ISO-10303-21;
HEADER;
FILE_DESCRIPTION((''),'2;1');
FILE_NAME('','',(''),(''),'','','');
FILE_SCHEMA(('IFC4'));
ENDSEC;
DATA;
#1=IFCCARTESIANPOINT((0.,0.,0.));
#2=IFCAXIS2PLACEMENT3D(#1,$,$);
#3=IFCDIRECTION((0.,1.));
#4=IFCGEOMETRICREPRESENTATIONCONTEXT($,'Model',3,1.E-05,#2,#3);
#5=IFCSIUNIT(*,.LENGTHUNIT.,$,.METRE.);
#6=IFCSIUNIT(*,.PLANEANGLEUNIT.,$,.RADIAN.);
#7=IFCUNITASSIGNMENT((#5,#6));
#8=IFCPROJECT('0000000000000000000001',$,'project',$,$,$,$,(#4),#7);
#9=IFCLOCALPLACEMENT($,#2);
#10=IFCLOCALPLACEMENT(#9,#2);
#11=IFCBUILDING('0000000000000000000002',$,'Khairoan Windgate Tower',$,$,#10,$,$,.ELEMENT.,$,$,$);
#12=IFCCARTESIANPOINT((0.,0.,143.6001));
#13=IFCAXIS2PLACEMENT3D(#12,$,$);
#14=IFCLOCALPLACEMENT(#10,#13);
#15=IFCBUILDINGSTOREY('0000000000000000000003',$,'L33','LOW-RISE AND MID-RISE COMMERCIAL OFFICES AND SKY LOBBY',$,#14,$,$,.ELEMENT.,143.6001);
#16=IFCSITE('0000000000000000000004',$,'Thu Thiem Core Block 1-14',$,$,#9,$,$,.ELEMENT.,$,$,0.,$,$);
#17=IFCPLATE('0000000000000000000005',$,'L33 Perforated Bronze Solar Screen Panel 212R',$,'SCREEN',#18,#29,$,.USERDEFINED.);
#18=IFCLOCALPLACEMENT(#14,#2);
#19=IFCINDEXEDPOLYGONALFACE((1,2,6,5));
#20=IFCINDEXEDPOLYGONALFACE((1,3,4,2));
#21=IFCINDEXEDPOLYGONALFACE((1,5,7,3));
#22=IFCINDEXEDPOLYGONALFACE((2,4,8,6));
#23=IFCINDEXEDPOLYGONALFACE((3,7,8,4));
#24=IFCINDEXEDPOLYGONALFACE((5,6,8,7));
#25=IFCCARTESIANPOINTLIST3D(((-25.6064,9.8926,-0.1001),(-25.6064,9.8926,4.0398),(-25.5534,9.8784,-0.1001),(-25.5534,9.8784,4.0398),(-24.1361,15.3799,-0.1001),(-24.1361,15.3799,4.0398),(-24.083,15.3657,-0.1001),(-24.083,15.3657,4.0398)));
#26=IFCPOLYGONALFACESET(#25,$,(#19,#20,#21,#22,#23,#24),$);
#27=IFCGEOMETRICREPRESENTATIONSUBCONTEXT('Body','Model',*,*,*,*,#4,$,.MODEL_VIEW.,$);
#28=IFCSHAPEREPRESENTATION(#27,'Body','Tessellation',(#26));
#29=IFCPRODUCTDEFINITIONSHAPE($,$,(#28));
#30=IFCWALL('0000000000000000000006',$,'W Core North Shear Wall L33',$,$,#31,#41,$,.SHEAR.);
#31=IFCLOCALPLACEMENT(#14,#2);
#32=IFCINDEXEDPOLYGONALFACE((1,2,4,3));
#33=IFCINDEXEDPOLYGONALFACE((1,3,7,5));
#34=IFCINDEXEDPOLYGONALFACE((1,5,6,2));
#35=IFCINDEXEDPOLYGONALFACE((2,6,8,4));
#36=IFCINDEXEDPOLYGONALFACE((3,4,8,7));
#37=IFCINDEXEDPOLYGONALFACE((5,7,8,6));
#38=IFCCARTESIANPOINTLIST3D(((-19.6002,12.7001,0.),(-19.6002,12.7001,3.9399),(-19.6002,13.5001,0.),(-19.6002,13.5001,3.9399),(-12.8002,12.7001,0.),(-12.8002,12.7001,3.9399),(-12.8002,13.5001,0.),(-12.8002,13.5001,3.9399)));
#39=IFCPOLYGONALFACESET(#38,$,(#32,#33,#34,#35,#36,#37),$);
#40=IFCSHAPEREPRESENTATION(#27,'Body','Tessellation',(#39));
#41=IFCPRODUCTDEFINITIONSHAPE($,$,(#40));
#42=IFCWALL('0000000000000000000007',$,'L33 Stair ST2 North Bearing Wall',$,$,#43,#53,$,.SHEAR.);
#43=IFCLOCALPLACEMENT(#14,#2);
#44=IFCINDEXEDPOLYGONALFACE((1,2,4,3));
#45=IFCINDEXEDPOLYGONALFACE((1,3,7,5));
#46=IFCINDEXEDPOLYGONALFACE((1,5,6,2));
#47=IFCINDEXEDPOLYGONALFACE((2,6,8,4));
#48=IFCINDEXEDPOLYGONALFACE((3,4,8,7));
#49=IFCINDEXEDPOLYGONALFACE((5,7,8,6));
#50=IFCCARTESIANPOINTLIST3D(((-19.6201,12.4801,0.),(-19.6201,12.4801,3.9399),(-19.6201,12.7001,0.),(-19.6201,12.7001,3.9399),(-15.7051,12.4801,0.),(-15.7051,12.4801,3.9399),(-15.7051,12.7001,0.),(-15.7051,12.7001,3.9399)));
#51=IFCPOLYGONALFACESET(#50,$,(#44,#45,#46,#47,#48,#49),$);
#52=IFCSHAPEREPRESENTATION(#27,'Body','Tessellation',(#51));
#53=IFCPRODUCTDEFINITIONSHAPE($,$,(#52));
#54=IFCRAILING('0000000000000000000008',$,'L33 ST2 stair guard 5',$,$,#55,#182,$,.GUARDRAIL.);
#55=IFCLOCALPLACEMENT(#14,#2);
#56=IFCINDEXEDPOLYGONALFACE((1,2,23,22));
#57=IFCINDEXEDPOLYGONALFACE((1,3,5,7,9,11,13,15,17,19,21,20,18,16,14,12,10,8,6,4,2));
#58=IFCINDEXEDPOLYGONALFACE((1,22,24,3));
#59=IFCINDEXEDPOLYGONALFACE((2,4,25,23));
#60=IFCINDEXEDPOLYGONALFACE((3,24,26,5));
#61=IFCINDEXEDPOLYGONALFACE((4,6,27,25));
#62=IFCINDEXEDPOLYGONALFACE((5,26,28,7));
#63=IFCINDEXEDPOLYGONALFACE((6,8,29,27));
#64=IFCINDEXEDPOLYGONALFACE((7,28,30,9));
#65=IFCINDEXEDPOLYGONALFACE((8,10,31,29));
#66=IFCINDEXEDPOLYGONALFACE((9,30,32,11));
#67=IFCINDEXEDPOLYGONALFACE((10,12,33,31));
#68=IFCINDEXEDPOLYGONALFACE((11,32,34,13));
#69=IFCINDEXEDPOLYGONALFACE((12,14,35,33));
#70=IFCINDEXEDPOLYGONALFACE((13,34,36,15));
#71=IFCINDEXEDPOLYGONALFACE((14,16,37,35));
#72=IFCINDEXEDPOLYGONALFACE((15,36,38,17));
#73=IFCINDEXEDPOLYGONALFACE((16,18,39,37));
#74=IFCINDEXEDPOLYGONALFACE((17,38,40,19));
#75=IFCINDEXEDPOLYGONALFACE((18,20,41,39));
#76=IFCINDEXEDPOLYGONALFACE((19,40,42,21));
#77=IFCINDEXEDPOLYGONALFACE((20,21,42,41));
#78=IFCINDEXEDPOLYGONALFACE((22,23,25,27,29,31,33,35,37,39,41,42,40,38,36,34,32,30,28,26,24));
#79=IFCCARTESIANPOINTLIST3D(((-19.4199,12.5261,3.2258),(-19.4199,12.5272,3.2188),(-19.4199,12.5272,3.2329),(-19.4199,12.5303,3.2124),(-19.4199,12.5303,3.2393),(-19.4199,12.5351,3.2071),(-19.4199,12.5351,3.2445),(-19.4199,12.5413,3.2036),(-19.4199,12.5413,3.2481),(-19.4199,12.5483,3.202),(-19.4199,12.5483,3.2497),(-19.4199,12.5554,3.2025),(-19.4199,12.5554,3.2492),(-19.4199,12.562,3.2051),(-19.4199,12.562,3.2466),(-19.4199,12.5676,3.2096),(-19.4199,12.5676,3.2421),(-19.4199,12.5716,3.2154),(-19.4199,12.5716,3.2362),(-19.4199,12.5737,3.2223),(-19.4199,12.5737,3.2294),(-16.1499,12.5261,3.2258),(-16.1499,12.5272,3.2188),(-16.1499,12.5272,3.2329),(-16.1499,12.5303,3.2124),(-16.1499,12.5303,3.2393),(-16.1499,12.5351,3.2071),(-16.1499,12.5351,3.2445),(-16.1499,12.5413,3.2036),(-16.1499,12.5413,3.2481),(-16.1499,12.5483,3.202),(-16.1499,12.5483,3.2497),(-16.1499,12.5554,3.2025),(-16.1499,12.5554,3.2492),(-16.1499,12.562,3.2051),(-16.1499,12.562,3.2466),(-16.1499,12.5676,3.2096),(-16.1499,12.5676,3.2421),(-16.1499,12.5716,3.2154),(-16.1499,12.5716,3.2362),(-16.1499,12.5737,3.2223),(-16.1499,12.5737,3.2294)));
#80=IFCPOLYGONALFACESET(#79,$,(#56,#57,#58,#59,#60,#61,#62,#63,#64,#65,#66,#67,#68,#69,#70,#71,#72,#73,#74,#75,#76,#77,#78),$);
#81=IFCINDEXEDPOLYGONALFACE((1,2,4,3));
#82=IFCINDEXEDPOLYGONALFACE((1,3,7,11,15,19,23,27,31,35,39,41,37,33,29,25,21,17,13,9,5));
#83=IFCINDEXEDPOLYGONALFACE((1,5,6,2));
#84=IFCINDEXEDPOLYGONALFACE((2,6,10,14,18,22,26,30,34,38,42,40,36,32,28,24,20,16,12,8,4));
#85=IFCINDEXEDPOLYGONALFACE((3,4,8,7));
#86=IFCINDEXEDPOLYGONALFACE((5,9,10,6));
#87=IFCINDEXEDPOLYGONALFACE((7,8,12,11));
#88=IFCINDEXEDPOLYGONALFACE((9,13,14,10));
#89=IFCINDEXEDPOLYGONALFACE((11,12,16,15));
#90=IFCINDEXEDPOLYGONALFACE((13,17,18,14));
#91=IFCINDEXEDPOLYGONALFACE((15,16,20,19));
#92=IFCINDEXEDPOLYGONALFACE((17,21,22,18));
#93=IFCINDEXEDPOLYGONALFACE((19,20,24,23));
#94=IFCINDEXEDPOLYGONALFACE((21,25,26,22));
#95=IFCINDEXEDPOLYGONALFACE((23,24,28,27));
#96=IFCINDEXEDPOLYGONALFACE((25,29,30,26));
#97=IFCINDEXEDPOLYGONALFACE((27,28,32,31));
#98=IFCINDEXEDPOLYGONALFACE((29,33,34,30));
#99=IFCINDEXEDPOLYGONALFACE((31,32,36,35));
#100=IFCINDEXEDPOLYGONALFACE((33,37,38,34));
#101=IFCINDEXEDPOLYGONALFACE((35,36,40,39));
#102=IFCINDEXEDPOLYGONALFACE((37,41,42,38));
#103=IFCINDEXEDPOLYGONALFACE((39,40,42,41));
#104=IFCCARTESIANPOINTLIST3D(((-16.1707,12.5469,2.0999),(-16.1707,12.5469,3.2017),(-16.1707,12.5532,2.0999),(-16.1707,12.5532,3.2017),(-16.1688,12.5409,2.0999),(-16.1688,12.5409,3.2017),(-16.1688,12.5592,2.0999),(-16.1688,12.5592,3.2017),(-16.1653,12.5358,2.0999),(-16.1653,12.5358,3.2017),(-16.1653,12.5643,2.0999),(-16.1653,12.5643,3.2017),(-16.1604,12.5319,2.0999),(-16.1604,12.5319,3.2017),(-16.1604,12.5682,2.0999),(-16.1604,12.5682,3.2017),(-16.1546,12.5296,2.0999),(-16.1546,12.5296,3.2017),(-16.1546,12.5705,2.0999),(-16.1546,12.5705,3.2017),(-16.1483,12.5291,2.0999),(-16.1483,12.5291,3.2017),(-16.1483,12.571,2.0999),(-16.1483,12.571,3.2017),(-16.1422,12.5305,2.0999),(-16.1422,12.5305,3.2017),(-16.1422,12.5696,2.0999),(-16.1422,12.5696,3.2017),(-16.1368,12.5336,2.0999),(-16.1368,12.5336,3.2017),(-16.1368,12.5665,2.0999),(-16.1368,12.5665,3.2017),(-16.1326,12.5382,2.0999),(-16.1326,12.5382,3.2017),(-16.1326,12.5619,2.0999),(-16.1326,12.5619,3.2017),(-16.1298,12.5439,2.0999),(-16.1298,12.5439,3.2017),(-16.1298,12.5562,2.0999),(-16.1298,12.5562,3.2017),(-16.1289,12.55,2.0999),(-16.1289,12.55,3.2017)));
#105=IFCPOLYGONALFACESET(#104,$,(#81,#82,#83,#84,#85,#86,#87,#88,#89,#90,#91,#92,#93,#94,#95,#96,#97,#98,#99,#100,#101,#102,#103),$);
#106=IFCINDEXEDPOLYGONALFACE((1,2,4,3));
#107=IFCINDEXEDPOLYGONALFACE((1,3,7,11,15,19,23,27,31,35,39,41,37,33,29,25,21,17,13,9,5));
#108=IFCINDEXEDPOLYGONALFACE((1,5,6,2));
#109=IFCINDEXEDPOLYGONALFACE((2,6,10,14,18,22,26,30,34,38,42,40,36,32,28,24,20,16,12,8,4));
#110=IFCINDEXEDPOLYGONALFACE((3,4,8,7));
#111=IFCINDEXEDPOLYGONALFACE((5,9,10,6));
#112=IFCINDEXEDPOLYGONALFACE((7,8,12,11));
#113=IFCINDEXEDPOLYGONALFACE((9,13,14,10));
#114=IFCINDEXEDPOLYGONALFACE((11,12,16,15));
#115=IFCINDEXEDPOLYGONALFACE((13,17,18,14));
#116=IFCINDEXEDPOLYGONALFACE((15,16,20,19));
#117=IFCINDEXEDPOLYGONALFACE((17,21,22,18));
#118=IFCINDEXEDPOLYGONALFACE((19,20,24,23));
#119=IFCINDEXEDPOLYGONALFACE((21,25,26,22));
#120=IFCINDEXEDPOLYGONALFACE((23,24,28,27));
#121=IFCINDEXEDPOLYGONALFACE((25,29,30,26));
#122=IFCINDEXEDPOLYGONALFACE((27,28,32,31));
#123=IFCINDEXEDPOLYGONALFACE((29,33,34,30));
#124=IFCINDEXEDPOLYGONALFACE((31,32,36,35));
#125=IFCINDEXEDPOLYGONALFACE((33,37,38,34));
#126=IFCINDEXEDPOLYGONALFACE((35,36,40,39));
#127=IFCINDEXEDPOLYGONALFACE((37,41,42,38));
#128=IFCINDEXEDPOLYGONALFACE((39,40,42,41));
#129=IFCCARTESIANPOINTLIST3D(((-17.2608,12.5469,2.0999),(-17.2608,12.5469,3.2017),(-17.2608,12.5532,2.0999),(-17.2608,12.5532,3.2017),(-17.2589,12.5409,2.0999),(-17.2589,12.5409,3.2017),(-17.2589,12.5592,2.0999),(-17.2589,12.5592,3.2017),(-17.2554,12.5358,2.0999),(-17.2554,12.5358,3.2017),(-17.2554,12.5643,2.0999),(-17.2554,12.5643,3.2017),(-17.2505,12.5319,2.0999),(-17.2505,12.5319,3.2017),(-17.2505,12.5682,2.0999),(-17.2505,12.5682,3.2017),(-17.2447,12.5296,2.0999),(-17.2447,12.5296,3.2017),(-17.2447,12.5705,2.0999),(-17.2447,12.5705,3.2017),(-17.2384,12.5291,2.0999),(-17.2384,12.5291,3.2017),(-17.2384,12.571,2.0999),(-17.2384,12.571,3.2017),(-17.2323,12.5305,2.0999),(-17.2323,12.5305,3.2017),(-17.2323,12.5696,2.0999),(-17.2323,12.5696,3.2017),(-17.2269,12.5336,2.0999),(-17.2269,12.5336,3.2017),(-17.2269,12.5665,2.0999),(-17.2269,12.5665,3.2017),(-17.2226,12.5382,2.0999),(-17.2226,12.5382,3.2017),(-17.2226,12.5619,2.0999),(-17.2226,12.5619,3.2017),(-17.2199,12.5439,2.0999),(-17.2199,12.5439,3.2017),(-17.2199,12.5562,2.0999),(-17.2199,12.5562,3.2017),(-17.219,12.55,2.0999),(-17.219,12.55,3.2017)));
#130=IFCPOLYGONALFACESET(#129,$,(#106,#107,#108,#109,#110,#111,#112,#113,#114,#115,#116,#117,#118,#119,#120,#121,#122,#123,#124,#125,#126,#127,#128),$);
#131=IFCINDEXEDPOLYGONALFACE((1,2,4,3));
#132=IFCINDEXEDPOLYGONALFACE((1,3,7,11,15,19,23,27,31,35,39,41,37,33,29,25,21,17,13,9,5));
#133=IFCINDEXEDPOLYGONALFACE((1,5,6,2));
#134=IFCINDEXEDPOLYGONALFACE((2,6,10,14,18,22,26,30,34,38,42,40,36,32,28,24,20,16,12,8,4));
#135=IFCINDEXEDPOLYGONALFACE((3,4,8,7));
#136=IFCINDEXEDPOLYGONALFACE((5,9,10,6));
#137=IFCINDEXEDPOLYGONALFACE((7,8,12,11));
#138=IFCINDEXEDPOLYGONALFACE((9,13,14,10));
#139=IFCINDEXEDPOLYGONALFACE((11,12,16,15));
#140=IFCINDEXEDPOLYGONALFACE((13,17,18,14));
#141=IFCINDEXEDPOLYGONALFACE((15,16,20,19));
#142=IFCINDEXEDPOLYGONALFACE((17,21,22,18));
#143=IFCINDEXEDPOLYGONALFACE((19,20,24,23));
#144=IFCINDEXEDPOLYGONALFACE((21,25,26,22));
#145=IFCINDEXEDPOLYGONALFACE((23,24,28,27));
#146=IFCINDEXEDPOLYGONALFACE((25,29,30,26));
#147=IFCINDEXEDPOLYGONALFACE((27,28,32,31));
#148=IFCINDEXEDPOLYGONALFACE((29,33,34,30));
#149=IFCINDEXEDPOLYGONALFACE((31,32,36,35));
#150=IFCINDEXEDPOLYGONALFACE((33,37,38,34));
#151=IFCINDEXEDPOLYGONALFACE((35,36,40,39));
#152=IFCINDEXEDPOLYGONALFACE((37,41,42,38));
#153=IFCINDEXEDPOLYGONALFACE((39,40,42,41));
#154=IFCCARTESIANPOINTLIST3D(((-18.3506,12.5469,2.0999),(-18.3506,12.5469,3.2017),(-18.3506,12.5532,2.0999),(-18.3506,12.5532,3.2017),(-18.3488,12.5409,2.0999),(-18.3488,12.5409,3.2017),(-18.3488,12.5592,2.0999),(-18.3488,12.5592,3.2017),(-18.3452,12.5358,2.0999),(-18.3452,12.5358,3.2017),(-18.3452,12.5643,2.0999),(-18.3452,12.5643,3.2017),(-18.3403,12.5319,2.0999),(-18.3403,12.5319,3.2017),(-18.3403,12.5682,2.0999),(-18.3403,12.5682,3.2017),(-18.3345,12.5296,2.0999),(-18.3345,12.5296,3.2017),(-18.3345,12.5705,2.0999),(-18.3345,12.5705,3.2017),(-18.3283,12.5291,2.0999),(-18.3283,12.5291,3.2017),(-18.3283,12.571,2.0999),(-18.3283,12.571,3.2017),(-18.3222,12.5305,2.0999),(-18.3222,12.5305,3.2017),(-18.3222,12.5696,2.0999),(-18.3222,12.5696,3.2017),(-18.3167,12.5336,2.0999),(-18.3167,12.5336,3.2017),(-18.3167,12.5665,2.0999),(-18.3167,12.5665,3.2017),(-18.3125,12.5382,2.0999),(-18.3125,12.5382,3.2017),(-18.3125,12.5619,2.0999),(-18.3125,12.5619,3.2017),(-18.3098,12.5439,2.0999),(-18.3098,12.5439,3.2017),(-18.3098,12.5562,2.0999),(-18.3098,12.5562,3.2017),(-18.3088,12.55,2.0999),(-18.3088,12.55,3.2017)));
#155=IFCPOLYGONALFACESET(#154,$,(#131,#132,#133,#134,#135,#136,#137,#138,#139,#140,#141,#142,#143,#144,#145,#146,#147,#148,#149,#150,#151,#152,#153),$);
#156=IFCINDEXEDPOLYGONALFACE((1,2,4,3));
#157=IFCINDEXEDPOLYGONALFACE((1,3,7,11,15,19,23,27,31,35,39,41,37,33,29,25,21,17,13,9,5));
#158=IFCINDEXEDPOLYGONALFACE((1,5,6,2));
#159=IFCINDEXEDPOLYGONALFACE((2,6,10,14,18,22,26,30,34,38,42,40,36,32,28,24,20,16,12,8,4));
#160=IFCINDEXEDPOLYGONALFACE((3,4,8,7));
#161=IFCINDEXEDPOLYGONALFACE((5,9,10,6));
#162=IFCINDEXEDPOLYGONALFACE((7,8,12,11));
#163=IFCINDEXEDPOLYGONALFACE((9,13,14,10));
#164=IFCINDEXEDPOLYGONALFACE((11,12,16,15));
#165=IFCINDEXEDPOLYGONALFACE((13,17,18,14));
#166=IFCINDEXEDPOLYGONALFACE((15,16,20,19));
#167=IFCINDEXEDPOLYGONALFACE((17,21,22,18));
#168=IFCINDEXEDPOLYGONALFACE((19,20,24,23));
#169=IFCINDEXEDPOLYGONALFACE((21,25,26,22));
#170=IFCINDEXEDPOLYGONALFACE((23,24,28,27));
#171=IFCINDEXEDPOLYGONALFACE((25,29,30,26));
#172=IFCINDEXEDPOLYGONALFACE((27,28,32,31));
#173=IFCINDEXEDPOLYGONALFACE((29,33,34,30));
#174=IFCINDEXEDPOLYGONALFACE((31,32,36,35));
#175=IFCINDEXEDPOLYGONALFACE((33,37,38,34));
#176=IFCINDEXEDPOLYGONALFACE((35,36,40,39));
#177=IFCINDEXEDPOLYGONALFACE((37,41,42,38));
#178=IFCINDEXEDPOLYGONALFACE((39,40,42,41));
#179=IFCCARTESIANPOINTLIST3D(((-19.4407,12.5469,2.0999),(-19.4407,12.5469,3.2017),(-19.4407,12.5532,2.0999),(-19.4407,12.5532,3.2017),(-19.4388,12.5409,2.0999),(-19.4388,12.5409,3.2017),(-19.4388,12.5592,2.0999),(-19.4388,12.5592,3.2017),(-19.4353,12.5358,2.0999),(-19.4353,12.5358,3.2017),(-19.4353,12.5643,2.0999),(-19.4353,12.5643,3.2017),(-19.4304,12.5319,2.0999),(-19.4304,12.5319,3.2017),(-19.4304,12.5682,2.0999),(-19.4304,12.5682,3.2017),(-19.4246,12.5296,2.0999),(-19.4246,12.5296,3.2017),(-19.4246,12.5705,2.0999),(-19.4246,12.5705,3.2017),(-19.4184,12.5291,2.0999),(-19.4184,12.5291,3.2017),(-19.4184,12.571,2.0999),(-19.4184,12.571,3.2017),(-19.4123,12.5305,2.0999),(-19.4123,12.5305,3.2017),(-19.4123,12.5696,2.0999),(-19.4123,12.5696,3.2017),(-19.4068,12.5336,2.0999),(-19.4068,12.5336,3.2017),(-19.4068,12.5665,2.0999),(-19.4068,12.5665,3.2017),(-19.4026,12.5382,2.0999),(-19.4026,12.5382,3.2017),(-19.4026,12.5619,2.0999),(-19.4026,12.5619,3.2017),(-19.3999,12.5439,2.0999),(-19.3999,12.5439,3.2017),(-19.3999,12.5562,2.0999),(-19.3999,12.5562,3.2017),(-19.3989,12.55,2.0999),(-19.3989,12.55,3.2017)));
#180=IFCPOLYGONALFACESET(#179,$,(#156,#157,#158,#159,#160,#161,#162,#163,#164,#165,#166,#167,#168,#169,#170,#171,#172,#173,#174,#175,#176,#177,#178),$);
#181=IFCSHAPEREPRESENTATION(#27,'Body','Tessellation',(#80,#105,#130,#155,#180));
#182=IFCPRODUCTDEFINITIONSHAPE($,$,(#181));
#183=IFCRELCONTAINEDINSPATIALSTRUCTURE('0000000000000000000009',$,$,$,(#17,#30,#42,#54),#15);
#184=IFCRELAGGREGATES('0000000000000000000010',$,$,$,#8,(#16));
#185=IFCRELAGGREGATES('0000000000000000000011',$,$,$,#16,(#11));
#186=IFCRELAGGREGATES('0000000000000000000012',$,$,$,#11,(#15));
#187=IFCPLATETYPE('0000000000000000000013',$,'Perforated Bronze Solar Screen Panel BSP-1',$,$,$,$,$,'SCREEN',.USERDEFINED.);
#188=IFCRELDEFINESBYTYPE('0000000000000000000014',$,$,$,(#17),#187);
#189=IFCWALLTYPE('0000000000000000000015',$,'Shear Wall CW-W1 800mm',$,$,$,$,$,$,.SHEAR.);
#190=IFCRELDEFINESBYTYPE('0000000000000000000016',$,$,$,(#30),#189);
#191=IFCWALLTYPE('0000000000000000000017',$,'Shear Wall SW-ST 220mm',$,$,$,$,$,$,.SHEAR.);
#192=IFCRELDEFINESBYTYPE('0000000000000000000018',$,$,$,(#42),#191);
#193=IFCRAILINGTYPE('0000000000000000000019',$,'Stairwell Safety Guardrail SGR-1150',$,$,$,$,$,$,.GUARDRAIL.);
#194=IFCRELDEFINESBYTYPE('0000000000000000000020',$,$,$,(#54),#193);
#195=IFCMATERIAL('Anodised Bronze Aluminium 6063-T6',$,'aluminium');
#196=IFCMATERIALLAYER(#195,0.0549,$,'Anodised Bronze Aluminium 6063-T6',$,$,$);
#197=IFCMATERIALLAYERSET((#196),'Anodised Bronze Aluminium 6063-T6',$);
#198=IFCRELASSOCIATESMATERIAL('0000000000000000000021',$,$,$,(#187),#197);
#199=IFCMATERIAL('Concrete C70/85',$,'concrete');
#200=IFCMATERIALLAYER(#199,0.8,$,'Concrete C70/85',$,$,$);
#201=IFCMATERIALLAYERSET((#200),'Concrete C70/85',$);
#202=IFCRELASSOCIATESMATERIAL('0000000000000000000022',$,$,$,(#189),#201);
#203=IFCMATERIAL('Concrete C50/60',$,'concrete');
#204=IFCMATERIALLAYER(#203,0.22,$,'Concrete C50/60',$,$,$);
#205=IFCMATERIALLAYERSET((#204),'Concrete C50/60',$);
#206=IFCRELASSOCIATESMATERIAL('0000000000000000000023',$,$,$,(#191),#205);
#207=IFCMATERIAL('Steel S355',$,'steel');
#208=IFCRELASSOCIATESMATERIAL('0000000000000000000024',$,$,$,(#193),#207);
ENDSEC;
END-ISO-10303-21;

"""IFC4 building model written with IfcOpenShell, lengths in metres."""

from ifc_helpers import new_model, si_unit, direction, frame, frame_2d, origin, origin_2d, place, context, subcontext, project, spatial, rectangle, circle, extrude, material, layer, layer_set, type_object, element, save


model = new_model("IFC4")

# Units and contexts
model_context = context("Model", 3, precision=1e-05, world=origin(), true_north=direction((0.0, 1.0)))
body_context = subcontext(model_context, "Body", "Model", "MODEL_VIEW")
ifc_project = project(units=[si_unit("LENGTHUNIT", "METRE"), si_unit("PLANEANGLEUNIT", "RADIAN")], contexts=[model_context])

# Site, building, storey
site_placement = place(None, origin())
site = spatial("IfcSite", under=ifc_project, at=site_placement, Name="Thu Thiem Core Block 1-14", CompositionType="ELEMENT", RefElevation=0.0)
building_placement = place(site_placement, origin())
building = spatial("IfcBuilding", under=site, at=building_placement, Name="Khairoan Windgate Tower", CompositionType="ELEMENT")
storey_placement = place(building_placement, frame((0.0, 0.0, 143.6001)))
storey = spatial("IfcBuildingStorey", under=building, at=storey_placement, Name="L33", Description="LOW-RISE AND MID-RISE COMMERCIAL OFFICES AND SKY LOBBY", CompositionType="ELEMENT", Elevation=143.6001)

# Plate
ifc_material_1 = material(Name="Anodised Bronze Aluminium 6063-T6", Category="aluminium")
ifc_layer_1 = layer(ifc_material_1, 0.0549, Name="Anodised Bronze Aluminium 6063-T6")
ifc_layer_set_1 = layer_set([ifc_layer_1], Name="Anodised Bronze Aluminium 6063-T6")
plate_type = type_object("IfcPlateType", Name="Perforated Bronze Solar Screen Panel BSP-1", ElementType="SCREEN", PredefinedType="USERDEFINED", material=ifc_layer_set_1)
plate_placement = place(storey_placement, frame((-24.8447, 12.6292, -0.1001), z_axis=(0.0, 0.0, 1.0), x_axis=(0.258819, 0.965926, 0.0)))
element("IfcPlate", 1, at=plate_placement, inside=storey, type_object=plate_type, Name="L33 Perforated Bronze Solar Screen Panel 212R", ObjectType="SCREEN", PredefinedType="USERDEFINED", context=body_context, shape_type="SweptSolid", body=[
    extrude(rectangle(XDim=5.6809, YDim=0.0549, at=origin_2d()), origin(), (0.0, 0.0, 1.0), 4.1399),
])

# Walls
ifc_material_2 = material(Name="Concrete C70/85", Category="concrete")
ifc_layer_2 = layer(ifc_material_2, 0.8, Name="Concrete C70/85")
ifc_layer_set_2 = layer_set([ifc_layer_2], Name="Concrete C70/85")
wall_type_1 = type_object("IfcWallType", Name="Shear Wall CW-W1 800mm", PredefinedType="SHEAR", material=ifc_layer_set_2)
wall_1_placement = place(storey_placement, frame((-19.6001, 13.1001, 0.0), z_axis=(0.0, 0.0, 1.0), x_axis=(1.0, 0.0, 0.0)))
element("IfcWall", 2, at=wall_1_placement, inside=storey, type_object=wall_type_1, Name="W Core North Shear Wall L33", PredefinedType="SHEAR", context=body_context, shape_type="SweptSolid", body=[
    extrude(rectangle(XDim=6.8, YDim=0.8, at=frame_2d((3.3999, 0.0))), origin(), (0.0, 0.0, 1.0), 3.9399),
])
ifc_material_3 = material(Name="Concrete C50/60", Category="concrete")
ifc_layer_3 = layer(ifc_material_3, 0.22, Name="Concrete C50/60")
ifc_layer_set_3 = layer_set([ifc_layer_3], Name="Concrete C50/60")
wall_type_2 = type_object("IfcWallType", Name="Shear Wall SW-ST 220mm", PredefinedType="SHEAR", material=ifc_layer_set_3)
wall_2_placement = place(storey_placement, frame((-19.6201, 12.5901, 0.0), z_axis=(0.0, 0.0, 1.0), x_axis=(1.0, 0.0, 0.0)))
element("IfcWall", 3, at=wall_2_placement, inside=storey, type_object=wall_type_2, Name="L33 Stair ST2 North Bearing Wall", PredefinedType="SHEAR", context=body_context, shape_type="SweptSolid", body=[
    extrude(rectangle(XDim=3.915, YDim=0.22, at=frame_2d((1.9575, 0.0))), origin(), (0.0, 0.0, 1.0), 3.9399),
])

# Railing
ifc_material_4 = material(Name="Steel S355", Category="steel")
railing_type = type_object("IfcRailingType", Name="Stairwell Safety Guardrail SGR-1150", PredefinedType="GUARDRAIL", material=ifc_material_4)
railing_1_placement = place(storey_placement, frame((-16.1499, 12.55, 2.0999)))
element("IfcRailing", 4, at=railing_1_placement, inside=storey, type_object=railing_type, Name="L33 ST2 stair guard 5", PredefinedType="GUARDRAIL", context=body_context, shape_type="SweptSolid", body=[
    extrude(circle(Radius=0.0239, at=origin_2d()), frame((0.0, 0.0, 1.126), z_axis=(-1.0, 0.0, 0.0), x_axis=(0.0, -1.0, 0.0)), (0.0, 0.0, 1.0), 3.27),
    extrude(circle(Radius=0.021, at=origin_2d()), origin(), (0.0, 0.0, 1.0), 1.1018),
    extrude(circle(Radius=0.021, at=origin_2d()), frame((-1.0901, 0.0, 0.0)), (0.0, 0.0, 1.0), 1.1018),
    extrude(circle(Radius=0.021, at=origin_2d()), frame((-2.1799, 0.0, 0.0)), (0.0, 0.0, 1.0), 1.1018),
    extrude(circle(Radius=0.021, at=origin_2d()), frame((-3.27, 0.0, 0.0)), (0.0, 0.0, 1.0), 1.1018),
])

save(model, "model.ifc")
